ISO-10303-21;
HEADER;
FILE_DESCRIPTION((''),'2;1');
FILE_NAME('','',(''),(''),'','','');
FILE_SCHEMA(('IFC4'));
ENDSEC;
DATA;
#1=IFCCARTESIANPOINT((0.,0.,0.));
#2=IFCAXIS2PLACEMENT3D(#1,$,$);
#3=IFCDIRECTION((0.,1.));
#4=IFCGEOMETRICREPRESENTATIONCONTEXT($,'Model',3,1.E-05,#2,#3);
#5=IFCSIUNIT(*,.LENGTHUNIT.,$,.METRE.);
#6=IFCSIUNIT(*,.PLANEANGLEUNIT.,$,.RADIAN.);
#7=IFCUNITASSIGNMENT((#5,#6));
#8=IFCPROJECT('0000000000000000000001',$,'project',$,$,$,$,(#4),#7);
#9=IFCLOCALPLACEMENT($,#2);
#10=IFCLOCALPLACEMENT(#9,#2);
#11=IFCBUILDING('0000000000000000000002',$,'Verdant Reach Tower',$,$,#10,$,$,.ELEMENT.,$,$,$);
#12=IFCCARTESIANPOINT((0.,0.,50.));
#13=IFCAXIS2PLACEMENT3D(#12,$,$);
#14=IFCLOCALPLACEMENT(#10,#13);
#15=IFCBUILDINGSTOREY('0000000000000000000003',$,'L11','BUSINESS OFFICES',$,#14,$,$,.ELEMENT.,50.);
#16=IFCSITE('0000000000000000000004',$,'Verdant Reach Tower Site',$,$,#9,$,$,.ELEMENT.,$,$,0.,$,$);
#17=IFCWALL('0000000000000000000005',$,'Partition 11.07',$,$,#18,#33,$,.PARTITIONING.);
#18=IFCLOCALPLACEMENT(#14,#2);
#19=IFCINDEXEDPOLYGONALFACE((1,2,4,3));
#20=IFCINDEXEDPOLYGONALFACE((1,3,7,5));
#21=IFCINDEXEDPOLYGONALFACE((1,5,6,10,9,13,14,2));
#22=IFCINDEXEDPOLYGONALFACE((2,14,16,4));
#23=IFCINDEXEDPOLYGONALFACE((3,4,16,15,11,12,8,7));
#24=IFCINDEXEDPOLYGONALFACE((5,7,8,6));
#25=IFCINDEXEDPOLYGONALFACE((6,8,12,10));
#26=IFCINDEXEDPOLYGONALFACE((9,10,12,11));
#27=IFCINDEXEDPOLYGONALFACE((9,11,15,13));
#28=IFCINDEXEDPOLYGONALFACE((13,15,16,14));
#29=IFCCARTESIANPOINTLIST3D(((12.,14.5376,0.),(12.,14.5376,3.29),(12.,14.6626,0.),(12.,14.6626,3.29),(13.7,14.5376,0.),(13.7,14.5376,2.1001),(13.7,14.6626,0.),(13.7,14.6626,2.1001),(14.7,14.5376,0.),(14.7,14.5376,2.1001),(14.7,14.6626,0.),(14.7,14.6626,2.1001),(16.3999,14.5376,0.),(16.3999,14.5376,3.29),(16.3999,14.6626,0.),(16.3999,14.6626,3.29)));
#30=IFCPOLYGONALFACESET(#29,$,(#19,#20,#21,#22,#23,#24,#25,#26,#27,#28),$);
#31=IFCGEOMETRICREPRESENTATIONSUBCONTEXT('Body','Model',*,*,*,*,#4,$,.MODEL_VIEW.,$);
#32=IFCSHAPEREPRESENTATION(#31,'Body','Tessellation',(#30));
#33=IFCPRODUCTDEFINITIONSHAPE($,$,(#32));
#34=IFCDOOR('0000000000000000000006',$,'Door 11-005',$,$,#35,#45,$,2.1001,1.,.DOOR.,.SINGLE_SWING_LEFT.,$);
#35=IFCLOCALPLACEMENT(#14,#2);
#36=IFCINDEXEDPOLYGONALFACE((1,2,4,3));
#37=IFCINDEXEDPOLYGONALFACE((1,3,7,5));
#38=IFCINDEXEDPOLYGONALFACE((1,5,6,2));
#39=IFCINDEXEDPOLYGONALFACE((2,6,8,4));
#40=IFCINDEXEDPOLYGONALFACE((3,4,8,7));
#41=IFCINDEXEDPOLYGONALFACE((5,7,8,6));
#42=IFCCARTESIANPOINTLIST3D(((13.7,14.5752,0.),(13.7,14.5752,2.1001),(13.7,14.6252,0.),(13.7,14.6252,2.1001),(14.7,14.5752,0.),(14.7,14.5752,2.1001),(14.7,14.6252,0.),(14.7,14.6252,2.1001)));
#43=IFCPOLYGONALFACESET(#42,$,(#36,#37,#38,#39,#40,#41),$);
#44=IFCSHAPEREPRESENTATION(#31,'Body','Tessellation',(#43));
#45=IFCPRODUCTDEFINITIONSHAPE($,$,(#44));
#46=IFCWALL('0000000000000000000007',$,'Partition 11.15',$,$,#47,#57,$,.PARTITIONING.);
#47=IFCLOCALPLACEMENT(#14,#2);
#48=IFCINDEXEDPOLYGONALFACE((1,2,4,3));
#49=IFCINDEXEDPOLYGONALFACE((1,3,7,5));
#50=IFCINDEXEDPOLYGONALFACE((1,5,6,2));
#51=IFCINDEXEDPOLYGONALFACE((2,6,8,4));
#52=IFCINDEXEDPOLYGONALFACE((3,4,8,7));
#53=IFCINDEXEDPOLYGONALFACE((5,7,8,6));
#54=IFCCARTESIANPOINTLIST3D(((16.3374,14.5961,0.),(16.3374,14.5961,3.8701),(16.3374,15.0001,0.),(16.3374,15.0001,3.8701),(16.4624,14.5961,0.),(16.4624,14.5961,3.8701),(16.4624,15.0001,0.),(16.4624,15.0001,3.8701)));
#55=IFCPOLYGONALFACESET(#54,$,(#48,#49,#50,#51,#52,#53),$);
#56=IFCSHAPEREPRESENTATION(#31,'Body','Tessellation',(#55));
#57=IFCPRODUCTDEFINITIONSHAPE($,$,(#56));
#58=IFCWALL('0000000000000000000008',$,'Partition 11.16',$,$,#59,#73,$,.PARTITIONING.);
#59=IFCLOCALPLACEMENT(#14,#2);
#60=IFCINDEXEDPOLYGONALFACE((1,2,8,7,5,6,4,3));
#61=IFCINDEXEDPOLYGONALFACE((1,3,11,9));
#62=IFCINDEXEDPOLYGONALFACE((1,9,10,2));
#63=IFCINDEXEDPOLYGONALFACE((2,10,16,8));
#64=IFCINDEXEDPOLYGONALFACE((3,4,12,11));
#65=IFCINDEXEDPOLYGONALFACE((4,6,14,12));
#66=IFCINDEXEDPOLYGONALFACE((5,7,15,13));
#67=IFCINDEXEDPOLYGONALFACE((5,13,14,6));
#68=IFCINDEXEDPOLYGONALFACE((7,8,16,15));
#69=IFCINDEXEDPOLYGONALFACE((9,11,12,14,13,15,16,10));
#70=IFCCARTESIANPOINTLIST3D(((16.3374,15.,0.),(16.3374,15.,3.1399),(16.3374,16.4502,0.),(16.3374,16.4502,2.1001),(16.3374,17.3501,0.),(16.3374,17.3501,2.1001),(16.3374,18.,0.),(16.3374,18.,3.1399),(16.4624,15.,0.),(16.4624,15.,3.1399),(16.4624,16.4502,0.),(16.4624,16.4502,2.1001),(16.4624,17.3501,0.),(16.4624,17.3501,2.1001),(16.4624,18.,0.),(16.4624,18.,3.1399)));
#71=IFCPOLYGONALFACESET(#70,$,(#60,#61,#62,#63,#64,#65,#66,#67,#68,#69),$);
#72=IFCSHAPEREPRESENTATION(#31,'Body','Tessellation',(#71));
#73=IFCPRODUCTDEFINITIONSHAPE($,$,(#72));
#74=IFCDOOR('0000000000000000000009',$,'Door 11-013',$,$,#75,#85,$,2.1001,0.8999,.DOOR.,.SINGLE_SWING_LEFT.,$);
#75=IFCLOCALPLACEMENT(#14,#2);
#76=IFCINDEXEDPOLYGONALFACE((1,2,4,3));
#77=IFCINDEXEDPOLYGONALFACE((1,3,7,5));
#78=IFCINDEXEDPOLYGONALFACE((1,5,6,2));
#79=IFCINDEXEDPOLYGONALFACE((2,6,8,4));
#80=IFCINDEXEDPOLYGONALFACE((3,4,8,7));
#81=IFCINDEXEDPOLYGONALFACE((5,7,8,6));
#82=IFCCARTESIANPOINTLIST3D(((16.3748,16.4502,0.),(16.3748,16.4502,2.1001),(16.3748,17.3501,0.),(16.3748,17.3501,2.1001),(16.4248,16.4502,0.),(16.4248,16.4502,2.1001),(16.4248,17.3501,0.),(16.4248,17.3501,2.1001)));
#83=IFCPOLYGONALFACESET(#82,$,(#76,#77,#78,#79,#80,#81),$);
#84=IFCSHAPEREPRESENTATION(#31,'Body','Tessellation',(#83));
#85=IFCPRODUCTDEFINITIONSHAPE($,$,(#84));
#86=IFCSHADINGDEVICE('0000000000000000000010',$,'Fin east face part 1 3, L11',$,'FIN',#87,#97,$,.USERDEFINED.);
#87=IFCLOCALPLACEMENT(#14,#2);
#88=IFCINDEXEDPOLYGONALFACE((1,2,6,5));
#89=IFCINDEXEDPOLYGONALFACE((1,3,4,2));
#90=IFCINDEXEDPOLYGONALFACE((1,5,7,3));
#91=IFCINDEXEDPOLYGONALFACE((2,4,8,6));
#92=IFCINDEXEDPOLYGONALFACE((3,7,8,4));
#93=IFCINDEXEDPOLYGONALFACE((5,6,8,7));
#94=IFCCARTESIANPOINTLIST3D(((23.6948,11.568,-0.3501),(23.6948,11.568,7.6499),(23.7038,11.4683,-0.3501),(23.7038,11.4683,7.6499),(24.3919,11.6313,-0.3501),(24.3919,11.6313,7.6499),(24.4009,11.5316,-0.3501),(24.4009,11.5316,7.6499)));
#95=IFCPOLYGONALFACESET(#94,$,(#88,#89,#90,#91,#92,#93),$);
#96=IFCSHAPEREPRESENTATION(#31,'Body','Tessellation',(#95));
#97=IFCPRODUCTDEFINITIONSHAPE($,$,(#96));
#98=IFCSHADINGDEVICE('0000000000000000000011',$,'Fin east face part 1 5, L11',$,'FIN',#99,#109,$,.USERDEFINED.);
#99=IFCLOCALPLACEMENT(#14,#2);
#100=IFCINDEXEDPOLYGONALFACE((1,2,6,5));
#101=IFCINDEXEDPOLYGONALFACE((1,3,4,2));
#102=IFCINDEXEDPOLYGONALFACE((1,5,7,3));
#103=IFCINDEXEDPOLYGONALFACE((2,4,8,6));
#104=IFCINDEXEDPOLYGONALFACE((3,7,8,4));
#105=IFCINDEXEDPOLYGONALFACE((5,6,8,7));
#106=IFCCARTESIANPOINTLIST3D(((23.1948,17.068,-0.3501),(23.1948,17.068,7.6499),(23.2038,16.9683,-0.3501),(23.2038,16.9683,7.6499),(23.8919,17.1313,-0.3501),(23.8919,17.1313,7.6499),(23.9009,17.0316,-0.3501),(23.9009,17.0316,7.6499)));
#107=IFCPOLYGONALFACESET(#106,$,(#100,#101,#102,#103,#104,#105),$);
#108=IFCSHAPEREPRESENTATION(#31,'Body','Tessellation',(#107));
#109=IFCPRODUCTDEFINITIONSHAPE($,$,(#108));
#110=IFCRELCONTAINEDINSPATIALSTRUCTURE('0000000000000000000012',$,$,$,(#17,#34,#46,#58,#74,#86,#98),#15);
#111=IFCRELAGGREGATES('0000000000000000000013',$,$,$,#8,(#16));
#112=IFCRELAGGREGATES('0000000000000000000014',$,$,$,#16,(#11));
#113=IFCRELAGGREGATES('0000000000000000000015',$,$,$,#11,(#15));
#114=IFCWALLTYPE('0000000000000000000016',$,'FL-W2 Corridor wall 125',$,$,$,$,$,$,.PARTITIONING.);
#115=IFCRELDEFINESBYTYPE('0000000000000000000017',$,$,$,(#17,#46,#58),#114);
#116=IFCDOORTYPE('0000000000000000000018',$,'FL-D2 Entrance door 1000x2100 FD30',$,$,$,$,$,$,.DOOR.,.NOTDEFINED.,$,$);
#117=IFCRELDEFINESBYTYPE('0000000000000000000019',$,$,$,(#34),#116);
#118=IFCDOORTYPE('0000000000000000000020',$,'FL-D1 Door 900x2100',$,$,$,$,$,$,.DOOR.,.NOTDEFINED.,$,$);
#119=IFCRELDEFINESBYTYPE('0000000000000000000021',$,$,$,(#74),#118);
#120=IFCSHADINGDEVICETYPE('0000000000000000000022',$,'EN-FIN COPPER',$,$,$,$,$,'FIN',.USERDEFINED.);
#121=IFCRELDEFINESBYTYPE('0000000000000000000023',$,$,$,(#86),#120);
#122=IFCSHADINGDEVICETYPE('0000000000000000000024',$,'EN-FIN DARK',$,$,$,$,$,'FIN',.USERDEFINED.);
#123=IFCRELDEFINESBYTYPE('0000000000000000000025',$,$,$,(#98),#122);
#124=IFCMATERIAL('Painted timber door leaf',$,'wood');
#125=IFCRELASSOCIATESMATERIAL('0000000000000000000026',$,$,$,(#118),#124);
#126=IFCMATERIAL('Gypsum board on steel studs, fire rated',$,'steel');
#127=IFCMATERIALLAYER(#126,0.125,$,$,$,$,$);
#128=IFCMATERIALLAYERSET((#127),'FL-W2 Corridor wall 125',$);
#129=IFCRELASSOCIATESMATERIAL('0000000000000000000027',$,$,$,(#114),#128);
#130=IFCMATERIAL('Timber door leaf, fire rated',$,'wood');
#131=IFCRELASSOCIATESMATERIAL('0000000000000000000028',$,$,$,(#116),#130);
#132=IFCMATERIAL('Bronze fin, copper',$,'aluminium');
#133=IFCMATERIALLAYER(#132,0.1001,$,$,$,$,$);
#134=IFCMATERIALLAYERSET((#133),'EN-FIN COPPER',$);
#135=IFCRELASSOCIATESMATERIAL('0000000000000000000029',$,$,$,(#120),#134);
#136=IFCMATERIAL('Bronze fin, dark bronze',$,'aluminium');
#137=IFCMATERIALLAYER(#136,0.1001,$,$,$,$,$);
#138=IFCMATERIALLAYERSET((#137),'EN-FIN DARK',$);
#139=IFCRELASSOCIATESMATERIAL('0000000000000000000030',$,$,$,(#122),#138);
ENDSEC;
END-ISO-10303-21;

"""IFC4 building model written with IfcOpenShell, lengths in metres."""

from ifc_helpers import new_model, si_unit, direction, frame, frame_2d, origin, origin_2d, place, context, subcontext, project, spatial, rectangle, extrude, material, layer, layer_set, type_object, element, fill, save


model = new_model("IFC4")

# Units and contexts
model_context = context("Model", 3, precision=1e-05, world=origin(), true_north=direction((0.0, 1.0)))
body_context = subcontext(model_context, "Body", "Model", "MODEL_VIEW")
ifc_project = project(units=[si_unit("LENGTHUNIT", "METRE"), si_unit("PLANEANGLEUNIT", "RADIAN")], contexts=[model_context])

# Site, building, storey
site_placement = place(None, origin())
site = spatial("IfcSite", under=ifc_project, at=site_placement, Name="Verdant Reach Tower Site", CompositionType="ELEMENT", RefElevation=0.0)
building_placement = place(site_placement, origin())
building = spatial("IfcBuilding", under=site, at=building_placement, Name="Verdant Reach Tower", CompositionType="ELEMENT")
storey_placement = place(building_placement, frame((0.0, 0.0, 50.0)))
storey = spatial("IfcBuildingStorey", under=building, at=storey_placement, Name="L11", Description="BUSINESS OFFICES", CompositionType="ELEMENT", Elevation=50.0)

# Shared definitions
ifc_material_1 = material(Name="Painted timber door leaf", Category="wood")
door_type_1 = type_object("IfcDoorType", Name="FL-D1 Door 900x2100", OperationType="NOTDEFINED", PredefinedType="DOOR", material=ifc_material_1)

# Wall, opening, door
ifc_material_2 = material(Name="Gypsum board on steel studs, fire rated", Category="steel")
ifc_layer_1 = layer(ifc_material_2, 0.125)
ifc_layer_set_1 = layer_set([ifc_layer_1], Name="FL-W2 Corridor wall 125")
wall_type_1 = type_object("IfcWallType", Name="FL-W2 Corridor wall 125", PredefinedType="PARTITIONING", material=ifc_layer_set_1)
wall_1_placement = place(storey_placement, frame((16.3999, 14.6001, 0.0), z_axis=(0.0, 0.0, 1.0), x_axis=(-1.0, 0.0, 0.0)))
wall_1 = element("IfcWall", 1, at=wall_1_placement, inside=storey, type_object=wall_type_1, Name="Partition 11.07", PredefinedType="PARTITIONING", context=body_context, shape_type="SweptSolid", body=[
    extrude(rectangle(XDim=4.3999, YDim=0.125, at=frame_2d((2.2, 0.0))), origin(), (0.0, 0.0, 1.0), 3.29),
])
opening_1_placement = place(wall_1_placement, frame((1.7, 0.0, 0.0)))
opening_1 = element("IfcOpeningElement", 2, at=opening_1_placement, cuts=wall_1, PredefinedType="OPENING", context=body_context, shape_type="SweptSolid", body=[
    extrude(rectangle(XDim=1.0, YDim=2.1001, at=frame_2d((0.5, 1.05))), frame((0.0, 0.0725, 0.0), z_axis=(0.0, -1.0, 0.0), x_axis=(1.0, 0.0, 0.0)), (0.0, 0.0, 1.0), 0.145),
])
ifc_material_3 = material(Name="Timber door leaf, fire rated", Category="wood")
door_type_2 = type_object("IfcDoorType", Name="FL-D2 Entrance door 1000x2100 FD30", OperationType="NOTDEFINED", PredefinedType="DOOR", material=ifc_material_3)
door_1_placement = place(opening_1_placement, origin())
door_1 = element("IfcDoor", 3, at=door_1_placement, inside=storey, type_object=door_type_2, Name="Door 11-005", OperationType="SINGLE_SWING_LEFT", OverallHeight=2.1001, OverallWidth=1.0, PredefinedType="DOOR", context=body_context, shape_type="SweptSolid", body=[
    extrude(rectangle(XDim=1.0, YDim=2.1001, at=frame_2d((0.5, 1.05))), frame((0.0, 0.0249, 0.0), z_axis=(0.0, -1.0, 0.0), x_axis=(1.0, 0.0, 0.0)), (0.0, 0.0, 1.0), 0.05),
])
fill(opening_1, door_1)

# Wall
wall_2_placement = place(storey_placement, frame((16.3999, 14.5959, 0.0), z_axis=(0.0, 0.0, 1.0), x_axis=(0.0, 1.0, 0.0)))
element("IfcWall", 4, at=wall_2_placement, inside=storey, type_object=wall_type_1, Name="Partition 11.15", PredefinedType="PARTITIONING", context=body_context, shape_type="SweptSolid", body=[
    extrude(rectangle(XDim=0.4041, YDim=0.125, at=frame_2d((0.2021, 0.0))), origin(), (0.0, 0.0, 1.0), 3.8701),
])

# Wall, opening, door
wall_3_placement = place(storey_placement, frame((16.3999, 18.0, 0.0), z_axis=(0.0, 0.0, 1.0), x_axis=(0.0, -1.0, 0.0)))
wall_3 = element("IfcWall", 5, at=wall_3_placement, inside=storey, type_object=wall_type_1, Name="Partition 11.16", PredefinedType="PARTITIONING", context=body_context, shape_type="SweptSolid", body=[
    extrude(rectangle(XDim=3.0, YDim=0.125, at=frame_2d((1.5, 0.0))), origin(), (0.0, 0.0, 1.0), 3.1399),
])
opening_2_placement = place(wall_3_placement, frame((0.6499, 0.0, 0.0)))
opening_2 = element("IfcOpeningElement", 6, at=opening_2_placement, cuts=wall_3, PredefinedType="OPENING", context=body_context, shape_type="SweptSolid", body=[
    extrude(rectangle(XDim=0.8999, YDim=2.1001, at=frame_2d((0.45, 1.05))), frame((0.0, 0.0725, 0.0), z_axis=(0.0, -1.0, 0.0), x_axis=(1.0, 0.0, 0.0)), (0.0, 0.0, 1.0), 0.145),
])
door_2_placement = place(opening_2_placement, origin())
door_2 = element("IfcDoor", 7, at=door_2_placement, inside=storey, type_object=door_type_1, Name="Door 11-013", OperationType="SINGLE_SWING_LEFT", OverallHeight=2.1001, OverallWidth=0.8999, PredefinedType="DOOR", context=body_context, shape_type="SweptSolid", body=[
    extrude(rectangle(XDim=0.8999, YDim=2.1001, at=frame_2d((0.45, 1.05))), frame((0.0, 0.0249, 0.0), z_axis=(0.0, -1.0, 0.0), x_axis=(1.0, 0.0, 0.0)), (0.0, 0.0, 1.0), 0.05),
])
fill(opening_2, door_2)

# Shading devices
ifc_material_4 = material(Name="Bronze fin, copper", Category="aluminium")
ifc_layer_2 = layer(ifc_material_4, 0.1001)
ifc_layer_set_2 = layer_set([ifc_layer_2], Name="EN-FIN COPPER")
shading_device_type_1 = type_object("IfcShadingDeviceType", Name="EN-FIN COPPER", ElementType="FIN", PredefinedType="USERDEFINED", material=ifc_layer_set_2)
shading_device_1_placement = place(storey_placement, frame((24.0479, 11.5498, -0.3501), z_axis=(0.0, 0.0, 1.0), x_axis=(-0.090536, 0.995893, 0.0)))
element("IfcShadingDevice", 8, at=shading_device_1_placement, inside=storey, type_object=shading_device_type_1, Name="Fin east face part 1 3, L11", ObjectType="FIN", PredefinedType="USERDEFINED", context=body_context, shape_type="SweptSolid", body=[
    extrude(rectangle(XDim=0.1001, YDim=0.7, at=origin_2d()), origin(), (0.0, 0.0, 1.0), 8.0),
])
ifc_material_5 = material(Name="Bronze fin, dark bronze", Category="aluminium")
ifc_layer_3 = layer(ifc_material_5, 0.1001)
ifc_layer_set_3 = layer_set([ifc_layer_3], Name="EN-FIN DARK")
shading_device_type_2 = type_object("IfcShadingDeviceType", Name="EN-FIN DARK", ElementType="FIN", PredefinedType="USERDEFINED", material=ifc_layer_set_3)
shading_device_2_placement = place(storey_placement, frame((23.5479, 17.0498, -0.3501), z_axis=(0.0, 0.0, 1.0), x_axis=(-0.090536, 0.995893, 0.0)))
element("IfcShadingDevice", 9, at=shading_device_2_placement, inside=storey, type_object=shading_device_type_2, Name="Fin east face part 1 5, L11", ObjectType="FIN", PredefinedType="USERDEFINED", context=body_context, shape_type="SweptSolid", body=[
    extrude(rectangle(XDim=0.1001, YDim=0.7, at=origin_2d()), origin(), (0.0, 0.0, 1.0), 8.0),
])

save(model, "model.ifc")
